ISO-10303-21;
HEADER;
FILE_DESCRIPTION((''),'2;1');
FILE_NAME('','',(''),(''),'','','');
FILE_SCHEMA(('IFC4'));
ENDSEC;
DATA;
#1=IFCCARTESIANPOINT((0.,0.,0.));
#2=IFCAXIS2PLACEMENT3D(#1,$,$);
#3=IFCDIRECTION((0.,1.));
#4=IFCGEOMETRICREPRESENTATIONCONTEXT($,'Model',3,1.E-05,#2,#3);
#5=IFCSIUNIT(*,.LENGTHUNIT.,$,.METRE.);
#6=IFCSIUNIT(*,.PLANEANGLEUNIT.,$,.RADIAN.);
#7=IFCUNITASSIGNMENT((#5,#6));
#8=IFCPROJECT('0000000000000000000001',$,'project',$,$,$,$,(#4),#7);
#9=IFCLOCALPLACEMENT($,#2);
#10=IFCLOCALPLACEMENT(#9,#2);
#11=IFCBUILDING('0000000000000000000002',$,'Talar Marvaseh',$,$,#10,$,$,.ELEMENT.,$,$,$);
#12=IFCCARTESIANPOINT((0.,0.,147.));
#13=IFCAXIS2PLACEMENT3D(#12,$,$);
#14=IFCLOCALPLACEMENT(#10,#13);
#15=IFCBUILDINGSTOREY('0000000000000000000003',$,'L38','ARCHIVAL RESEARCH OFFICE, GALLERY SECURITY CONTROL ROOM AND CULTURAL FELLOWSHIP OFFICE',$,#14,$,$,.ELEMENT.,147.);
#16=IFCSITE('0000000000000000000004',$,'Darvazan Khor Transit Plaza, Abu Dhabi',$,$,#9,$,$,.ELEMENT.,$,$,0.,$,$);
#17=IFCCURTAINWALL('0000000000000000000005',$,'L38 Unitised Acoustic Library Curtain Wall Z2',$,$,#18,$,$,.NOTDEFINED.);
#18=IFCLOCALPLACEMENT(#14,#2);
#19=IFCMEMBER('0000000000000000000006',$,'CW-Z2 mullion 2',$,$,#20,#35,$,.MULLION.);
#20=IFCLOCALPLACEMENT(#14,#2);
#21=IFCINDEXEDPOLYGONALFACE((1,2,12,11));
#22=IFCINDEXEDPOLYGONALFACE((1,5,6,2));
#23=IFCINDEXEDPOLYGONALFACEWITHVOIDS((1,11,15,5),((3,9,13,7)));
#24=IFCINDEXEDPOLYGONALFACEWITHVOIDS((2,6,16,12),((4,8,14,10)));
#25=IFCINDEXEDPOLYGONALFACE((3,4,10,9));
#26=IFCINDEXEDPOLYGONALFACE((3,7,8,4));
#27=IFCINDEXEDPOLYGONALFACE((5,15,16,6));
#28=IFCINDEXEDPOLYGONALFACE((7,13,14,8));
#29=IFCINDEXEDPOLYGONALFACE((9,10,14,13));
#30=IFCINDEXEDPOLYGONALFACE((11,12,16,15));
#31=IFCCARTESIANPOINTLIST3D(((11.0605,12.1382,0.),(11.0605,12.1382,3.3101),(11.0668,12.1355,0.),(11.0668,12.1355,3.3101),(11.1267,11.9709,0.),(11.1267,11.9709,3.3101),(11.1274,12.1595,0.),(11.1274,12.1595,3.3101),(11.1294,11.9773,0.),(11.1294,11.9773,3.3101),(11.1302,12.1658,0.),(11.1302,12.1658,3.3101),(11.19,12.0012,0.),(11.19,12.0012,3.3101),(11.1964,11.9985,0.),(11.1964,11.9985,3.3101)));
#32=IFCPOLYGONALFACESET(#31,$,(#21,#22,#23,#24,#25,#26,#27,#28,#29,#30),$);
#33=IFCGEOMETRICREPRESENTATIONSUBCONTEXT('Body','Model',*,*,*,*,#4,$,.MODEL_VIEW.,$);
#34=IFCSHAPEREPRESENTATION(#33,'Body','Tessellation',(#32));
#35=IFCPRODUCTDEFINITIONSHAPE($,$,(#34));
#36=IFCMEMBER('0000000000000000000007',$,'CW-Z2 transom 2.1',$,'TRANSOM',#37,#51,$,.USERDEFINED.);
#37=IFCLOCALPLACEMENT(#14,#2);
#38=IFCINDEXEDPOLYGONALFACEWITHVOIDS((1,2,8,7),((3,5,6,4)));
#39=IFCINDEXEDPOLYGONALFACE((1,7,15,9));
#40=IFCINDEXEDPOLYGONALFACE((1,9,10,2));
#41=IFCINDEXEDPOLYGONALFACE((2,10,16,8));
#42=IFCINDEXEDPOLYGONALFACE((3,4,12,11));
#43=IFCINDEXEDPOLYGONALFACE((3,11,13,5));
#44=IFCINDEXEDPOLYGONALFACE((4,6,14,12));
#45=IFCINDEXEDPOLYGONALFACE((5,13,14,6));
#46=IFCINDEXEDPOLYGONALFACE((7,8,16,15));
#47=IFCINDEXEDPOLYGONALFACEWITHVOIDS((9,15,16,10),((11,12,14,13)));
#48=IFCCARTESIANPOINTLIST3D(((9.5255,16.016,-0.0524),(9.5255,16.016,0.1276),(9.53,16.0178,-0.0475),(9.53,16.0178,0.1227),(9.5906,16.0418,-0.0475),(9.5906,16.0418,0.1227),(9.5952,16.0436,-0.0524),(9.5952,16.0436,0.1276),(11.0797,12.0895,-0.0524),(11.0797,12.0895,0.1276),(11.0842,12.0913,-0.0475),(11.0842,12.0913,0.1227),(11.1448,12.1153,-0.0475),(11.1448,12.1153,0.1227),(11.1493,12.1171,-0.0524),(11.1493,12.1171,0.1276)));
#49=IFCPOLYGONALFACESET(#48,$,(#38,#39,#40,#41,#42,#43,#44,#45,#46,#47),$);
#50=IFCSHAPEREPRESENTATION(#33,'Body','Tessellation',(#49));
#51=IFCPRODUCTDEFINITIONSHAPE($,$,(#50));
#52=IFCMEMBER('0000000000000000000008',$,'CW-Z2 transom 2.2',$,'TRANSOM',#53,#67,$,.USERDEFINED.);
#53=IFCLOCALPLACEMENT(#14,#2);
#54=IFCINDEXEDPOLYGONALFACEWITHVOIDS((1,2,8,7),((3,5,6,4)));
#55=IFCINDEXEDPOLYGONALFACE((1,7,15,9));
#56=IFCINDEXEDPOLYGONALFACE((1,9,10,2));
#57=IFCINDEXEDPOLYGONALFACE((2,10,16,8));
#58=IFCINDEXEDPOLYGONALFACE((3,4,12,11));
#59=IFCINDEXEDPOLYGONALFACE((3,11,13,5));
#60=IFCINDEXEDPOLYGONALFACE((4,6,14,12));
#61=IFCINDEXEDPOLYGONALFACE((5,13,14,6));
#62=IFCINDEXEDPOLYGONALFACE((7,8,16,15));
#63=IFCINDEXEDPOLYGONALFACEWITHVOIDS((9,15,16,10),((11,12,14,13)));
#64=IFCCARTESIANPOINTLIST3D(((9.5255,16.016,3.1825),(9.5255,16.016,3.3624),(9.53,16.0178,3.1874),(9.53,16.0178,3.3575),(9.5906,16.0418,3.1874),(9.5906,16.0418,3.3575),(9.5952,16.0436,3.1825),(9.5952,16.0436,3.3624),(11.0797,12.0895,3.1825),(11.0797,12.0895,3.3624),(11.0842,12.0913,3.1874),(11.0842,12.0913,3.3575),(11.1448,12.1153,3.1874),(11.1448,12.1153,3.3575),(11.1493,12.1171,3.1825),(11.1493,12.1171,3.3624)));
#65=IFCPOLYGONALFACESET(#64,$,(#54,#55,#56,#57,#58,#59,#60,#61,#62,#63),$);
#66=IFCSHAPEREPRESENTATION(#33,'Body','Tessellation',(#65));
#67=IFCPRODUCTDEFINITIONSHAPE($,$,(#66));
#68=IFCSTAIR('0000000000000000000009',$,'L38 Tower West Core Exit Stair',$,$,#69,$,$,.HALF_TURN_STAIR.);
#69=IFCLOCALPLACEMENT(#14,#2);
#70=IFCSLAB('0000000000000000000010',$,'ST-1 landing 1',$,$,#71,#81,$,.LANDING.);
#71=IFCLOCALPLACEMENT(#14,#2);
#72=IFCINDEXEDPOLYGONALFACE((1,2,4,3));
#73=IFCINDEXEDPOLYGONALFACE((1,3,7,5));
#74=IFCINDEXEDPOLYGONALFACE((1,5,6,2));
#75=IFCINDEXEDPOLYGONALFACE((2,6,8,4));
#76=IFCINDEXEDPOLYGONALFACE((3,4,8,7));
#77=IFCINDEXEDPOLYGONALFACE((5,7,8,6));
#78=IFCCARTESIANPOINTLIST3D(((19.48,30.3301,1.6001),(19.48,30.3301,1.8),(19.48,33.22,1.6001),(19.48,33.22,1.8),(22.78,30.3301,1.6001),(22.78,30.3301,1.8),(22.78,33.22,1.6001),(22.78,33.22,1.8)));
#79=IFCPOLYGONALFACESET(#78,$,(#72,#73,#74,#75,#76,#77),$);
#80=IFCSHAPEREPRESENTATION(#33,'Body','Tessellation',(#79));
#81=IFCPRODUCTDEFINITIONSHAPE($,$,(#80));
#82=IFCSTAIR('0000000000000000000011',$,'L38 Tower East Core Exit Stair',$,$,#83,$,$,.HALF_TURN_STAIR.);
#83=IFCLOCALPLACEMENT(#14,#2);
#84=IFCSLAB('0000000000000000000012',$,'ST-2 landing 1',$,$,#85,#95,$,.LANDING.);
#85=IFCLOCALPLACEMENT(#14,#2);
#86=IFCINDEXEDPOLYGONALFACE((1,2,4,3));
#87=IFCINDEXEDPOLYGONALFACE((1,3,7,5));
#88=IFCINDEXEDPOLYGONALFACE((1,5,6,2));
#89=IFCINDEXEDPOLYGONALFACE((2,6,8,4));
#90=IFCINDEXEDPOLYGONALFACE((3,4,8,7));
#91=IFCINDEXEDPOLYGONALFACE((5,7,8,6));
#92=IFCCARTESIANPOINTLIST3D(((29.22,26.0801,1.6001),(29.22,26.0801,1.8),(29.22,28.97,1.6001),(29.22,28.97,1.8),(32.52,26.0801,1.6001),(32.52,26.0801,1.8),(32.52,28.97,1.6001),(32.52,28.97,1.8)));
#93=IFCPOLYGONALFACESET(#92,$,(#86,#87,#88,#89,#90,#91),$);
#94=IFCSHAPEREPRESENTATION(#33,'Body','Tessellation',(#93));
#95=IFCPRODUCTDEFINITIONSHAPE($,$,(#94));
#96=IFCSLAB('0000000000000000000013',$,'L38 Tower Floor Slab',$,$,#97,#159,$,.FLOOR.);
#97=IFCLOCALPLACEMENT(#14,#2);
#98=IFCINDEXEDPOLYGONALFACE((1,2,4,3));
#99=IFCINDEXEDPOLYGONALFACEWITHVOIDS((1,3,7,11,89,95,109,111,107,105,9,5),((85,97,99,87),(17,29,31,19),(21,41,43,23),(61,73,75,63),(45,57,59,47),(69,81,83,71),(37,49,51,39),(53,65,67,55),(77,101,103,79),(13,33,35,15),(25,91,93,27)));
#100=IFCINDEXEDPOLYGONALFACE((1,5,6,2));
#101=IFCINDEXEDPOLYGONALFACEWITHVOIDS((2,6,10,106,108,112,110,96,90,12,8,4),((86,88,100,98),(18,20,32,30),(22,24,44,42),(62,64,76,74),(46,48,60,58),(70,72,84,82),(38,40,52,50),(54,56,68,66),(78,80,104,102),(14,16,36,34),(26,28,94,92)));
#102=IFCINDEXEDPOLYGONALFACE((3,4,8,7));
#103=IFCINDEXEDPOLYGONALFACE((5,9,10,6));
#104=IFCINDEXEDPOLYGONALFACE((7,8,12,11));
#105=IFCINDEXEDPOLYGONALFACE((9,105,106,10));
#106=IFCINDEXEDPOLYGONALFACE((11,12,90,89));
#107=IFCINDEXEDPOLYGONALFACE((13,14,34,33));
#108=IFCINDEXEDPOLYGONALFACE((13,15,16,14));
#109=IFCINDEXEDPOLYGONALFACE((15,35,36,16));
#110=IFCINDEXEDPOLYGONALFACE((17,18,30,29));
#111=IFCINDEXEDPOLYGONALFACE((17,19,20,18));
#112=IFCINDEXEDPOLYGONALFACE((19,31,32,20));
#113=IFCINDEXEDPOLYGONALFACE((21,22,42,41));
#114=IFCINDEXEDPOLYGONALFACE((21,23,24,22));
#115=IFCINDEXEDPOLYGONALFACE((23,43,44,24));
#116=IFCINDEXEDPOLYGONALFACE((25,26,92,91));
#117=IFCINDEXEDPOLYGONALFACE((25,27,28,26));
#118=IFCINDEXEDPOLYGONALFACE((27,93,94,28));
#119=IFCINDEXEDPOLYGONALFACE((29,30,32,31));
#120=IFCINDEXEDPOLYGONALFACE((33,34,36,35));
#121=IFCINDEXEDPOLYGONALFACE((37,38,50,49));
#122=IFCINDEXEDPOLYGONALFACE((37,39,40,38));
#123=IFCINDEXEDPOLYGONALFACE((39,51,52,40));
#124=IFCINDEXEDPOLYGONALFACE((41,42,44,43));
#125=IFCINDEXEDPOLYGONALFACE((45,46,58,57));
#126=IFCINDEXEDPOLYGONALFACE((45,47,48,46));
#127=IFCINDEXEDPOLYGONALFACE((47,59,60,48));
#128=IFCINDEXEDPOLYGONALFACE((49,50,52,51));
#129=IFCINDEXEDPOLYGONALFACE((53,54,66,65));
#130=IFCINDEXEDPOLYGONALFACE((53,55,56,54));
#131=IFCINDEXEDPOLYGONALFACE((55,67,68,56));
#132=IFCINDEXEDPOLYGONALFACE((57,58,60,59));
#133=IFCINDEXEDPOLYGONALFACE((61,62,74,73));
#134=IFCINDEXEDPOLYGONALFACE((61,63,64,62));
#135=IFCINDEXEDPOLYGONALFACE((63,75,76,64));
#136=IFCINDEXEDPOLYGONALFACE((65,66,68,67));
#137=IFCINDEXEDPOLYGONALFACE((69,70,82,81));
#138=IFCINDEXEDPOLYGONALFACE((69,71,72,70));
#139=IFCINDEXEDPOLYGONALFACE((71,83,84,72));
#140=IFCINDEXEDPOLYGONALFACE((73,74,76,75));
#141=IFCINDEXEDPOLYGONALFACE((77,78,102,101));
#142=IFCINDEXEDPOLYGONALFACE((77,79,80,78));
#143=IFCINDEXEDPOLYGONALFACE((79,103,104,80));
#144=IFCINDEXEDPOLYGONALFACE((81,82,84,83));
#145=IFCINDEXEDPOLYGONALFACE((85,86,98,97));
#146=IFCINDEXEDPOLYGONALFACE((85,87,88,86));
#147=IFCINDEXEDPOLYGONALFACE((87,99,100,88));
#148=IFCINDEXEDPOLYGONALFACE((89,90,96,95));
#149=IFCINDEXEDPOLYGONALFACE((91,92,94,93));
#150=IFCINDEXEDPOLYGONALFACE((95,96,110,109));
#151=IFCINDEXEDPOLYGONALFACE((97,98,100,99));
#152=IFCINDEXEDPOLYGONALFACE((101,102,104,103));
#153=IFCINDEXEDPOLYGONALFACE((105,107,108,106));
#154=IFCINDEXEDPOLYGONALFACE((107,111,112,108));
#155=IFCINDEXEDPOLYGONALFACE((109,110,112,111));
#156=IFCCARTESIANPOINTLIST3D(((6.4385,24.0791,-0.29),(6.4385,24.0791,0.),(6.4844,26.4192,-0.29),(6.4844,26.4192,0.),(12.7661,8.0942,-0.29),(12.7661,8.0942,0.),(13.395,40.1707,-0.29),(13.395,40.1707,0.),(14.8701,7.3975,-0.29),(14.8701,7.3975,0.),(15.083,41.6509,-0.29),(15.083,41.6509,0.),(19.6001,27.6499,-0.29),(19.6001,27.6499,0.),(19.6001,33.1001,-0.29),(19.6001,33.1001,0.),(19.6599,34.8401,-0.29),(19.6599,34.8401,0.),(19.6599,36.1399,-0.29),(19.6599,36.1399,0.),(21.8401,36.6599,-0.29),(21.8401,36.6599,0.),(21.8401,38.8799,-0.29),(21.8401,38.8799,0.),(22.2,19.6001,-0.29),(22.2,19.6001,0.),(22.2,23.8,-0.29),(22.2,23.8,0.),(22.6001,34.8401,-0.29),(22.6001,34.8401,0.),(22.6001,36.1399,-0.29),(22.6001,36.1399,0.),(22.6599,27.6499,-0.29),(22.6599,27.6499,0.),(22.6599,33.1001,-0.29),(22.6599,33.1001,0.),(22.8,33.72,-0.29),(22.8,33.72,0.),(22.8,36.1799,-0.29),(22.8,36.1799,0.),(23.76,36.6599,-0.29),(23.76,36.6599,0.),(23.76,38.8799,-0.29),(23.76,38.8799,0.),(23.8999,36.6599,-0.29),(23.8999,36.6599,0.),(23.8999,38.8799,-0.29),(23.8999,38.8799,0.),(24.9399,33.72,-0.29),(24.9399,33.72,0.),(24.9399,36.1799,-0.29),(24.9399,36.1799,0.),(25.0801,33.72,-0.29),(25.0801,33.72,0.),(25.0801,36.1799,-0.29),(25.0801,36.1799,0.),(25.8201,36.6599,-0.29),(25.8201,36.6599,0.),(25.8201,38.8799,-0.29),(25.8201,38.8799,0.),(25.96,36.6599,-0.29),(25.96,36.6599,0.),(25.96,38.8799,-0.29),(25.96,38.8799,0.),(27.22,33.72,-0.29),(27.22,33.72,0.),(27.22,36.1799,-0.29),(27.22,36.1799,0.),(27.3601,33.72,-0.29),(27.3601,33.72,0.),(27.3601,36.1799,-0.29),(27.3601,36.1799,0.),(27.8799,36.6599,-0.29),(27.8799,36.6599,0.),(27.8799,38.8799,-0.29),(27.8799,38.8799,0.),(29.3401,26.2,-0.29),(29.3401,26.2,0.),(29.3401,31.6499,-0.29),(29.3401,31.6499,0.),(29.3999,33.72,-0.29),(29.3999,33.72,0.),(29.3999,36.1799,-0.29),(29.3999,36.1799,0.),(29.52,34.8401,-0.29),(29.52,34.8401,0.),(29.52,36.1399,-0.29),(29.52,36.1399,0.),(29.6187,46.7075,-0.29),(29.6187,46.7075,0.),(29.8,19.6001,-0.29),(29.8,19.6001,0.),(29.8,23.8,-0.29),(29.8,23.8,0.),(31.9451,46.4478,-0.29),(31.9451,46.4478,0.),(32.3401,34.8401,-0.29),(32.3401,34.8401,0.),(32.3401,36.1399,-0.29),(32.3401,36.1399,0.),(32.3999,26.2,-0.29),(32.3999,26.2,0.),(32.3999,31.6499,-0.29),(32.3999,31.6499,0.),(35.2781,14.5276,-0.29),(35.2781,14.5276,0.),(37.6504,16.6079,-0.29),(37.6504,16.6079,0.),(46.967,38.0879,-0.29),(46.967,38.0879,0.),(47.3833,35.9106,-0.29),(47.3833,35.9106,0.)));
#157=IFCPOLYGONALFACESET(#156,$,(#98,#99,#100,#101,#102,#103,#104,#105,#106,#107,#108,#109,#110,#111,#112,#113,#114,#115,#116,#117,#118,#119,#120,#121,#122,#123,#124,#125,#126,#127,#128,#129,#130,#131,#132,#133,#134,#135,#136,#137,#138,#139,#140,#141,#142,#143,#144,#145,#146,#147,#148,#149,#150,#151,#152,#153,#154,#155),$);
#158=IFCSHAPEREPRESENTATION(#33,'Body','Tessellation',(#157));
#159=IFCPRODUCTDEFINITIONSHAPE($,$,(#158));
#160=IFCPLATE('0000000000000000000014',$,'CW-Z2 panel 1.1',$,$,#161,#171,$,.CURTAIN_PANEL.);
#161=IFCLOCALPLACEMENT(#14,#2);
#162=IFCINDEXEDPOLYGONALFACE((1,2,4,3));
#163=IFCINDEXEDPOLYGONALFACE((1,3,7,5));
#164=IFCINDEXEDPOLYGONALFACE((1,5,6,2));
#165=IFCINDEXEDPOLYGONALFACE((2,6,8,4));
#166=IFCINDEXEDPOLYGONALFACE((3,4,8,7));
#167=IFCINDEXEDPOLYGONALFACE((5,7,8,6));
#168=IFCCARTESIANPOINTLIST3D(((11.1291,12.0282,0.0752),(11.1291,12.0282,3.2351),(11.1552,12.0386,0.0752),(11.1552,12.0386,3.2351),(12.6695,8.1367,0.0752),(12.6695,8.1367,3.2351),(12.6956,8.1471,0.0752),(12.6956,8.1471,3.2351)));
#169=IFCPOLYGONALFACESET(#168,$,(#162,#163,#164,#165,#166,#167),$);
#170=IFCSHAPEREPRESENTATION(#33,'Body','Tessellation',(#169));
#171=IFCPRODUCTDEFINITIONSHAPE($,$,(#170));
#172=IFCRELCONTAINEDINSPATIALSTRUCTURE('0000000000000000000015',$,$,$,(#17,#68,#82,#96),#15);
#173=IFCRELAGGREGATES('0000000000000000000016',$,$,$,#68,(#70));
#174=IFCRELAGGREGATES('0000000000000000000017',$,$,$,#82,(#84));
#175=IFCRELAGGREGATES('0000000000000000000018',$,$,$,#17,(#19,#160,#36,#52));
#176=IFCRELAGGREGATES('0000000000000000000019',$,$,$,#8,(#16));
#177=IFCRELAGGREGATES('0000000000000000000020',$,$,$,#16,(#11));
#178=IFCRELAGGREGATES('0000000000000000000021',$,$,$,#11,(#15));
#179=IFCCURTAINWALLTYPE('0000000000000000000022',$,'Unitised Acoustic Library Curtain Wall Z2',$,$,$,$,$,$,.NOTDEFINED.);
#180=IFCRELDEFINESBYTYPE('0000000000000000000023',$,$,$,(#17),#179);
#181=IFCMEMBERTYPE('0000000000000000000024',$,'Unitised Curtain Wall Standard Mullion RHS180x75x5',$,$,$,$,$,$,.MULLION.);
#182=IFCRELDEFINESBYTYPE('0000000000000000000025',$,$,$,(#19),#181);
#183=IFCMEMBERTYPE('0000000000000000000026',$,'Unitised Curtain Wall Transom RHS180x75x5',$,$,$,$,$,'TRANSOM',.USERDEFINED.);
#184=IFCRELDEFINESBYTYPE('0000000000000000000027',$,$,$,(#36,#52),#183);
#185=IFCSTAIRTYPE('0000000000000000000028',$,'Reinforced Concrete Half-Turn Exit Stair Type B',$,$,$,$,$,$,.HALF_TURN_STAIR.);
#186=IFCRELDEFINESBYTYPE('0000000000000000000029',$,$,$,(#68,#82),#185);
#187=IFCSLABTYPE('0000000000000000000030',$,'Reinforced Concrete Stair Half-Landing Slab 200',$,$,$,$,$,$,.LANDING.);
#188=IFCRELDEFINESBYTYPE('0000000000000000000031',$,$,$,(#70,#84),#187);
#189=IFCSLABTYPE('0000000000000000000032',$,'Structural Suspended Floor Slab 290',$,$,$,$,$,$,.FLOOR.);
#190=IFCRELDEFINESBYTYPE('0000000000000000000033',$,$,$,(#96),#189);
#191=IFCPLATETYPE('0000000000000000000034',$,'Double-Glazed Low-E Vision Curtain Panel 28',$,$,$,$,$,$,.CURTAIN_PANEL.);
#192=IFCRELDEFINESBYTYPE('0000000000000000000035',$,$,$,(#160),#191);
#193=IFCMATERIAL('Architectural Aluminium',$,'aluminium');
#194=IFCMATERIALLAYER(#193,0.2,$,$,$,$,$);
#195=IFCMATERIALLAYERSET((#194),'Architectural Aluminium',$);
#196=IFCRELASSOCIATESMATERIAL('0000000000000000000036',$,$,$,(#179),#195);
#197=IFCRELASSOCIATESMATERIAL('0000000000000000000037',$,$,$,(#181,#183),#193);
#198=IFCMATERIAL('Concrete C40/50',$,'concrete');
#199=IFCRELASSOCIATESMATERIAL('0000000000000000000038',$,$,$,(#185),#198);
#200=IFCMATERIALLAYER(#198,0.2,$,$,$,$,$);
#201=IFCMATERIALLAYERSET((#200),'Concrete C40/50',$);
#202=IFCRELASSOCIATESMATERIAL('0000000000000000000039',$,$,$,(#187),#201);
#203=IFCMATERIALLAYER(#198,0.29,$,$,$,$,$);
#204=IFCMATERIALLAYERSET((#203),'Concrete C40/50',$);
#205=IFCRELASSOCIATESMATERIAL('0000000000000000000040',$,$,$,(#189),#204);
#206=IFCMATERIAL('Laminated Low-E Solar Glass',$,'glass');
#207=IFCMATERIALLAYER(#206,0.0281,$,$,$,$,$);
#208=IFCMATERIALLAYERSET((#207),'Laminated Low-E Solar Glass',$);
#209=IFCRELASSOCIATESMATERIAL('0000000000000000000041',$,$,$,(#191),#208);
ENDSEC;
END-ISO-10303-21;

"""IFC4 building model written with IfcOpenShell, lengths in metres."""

from ifc_helpers import new_model, si_unit, direction, frame, origin, origin_2d, place, context, subcontext, project, spatial, polyline, rectangle, hollow_rectangle, outline, extrude, source, transform, mapped, material, layer, layer_set, material_profile, profile_set, type_object, type_shapes, element, aggregate, save


model = new_model("IFC4")

# Units and contexts
model_context = context("Model", 3, precision=1e-05, world=origin(), true_north=direction((0.0, 1.0)))
body_context = subcontext(model_context, "Body", "Model", "MODEL_VIEW")
ifc_project = project(units=[si_unit("LENGTHUNIT", "METRE"), si_unit("PLANEANGLEUNIT", "RADIAN")], contexts=[model_context])

# Site, building, storey
site_placement = place(None, origin())
site = spatial("IfcSite", under=ifc_project, at=site_placement, Name="Darvazan Khor Transit Plaza, Abu Dhabi", CompositionType="ELEMENT", RefElevation=0.0)
building_placement = place(site_placement, origin())
building = spatial("IfcBuilding", under=site, at=building_placement, Name="Talar Marvaseh", CompositionType="ELEMENT")
storey_placement = place(building_placement, frame((0.0, 0.0, 147.0)))
storey = spatial("IfcBuildingStorey", under=building, at=storey_placement, Name="L38", Description="ARCHIVAL RESEARCH OFFICE, GALLERY SECURITY CONTROL ROOM AND CULTURAL FELLOWSHIP OFFICE", CompositionType="ELEMENT", Elevation=147.0)

# Curtain wall, members
ifc_material_1 = material(Name="Architectural Aluminium", Category="aluminium")
ifc_layer_1 = layer(ifc_material_1, 0.2)
ifc_layer_set_1 = layer_set([ifc_layer_1], Name="Architectural Aluminium")
curtain_wall_type = type_object("IfcCurtainWallType", Name="Unitised Acoustic Library Curtain Wall Z2", PredefinedType="NOTDEFINED", material=ifc_layer_set_1)
curtain_wall_placement = place(storey_placement, origin())
curtain_wall = element("IfcCurtainWall", 1, at=curtain_wall_placement, inside=storey, type_object=curtain_wall_type, Name="L38 Unitised Acoustic Library Curtain Wall Z2", PredefinedType="NOTDEFINED")
ifc_material_profile_1 = material_profile(ifc_material_1, hollow_rectangle(XDim=0.075, YDim=0.1799, WallThickness=0.0049, at=origin_2d()), Name="RHS180x75x5")
ifc_profile_set_1 = profile_set([ifc_material_profile_1], Name="Architectural Aluminium")
member_type_1 = type_object("IfcMemberType", Name="Unitised Curtain Wall Standard Mullion RHS180x75x5", PredefinedType="MULLION", material=ifc_profile_set_1)
shared_shape_1 = source(origin(), body_context, "Body", "SweptSolid", [
    extrude(hollow_rectangle(XDim=0.075, YDim=0.1799, WallThickness=0.0049, at=origin_2d()), origin(), (0.0, 0.0, 1.0), 3.3101),
])
type_shapes(member_type_1, [shared_shape_1])
member_1_placement = place(storey_placement, frame((11.1284, 12.0684, 0.0), z_axis=(0.0, 0.0, 1.0), x_axis=(-0.929802, -0.36806, 0.0)))
member_1 = element("IfcMember", 2, at=member_1_placement, type_object=member_type_1, Name="CW-Z2 mullion 2", PredefinedType="MULLION", context=body_context, shape_type="MappedRepresentation", body=[
    mapped(shared_shape_1, transform((0.0, 0.0, 0.0), x_axis=(1.0, 0.0, 0.0), y_axis=(0.0, 1.0, 0.0), z_axis=(0.0, 0.0, 1.0), scale=1.0)),
])
ifc_material_profile_2 = material_profile(ifc_material_1, hollow_rectangle(XDim=0.075, YDim=0.1799, WallThickness=0.0049, at=origin_2d()), Name="RHS180x75x5")
ifc_profile_set_2 = profile_set([ifc_material_profile_2], Name="Architectural Aluminium")
member_type_2 = type_object("IfcMemberType", Name="Unitised Curtain Wall Transom RHS180x75x5", ElementType="TRANSOM", PredefinedType="USERDEFINED", material=ifc_profile_set_2)
shared_shape_2 = source(origin(), body_context, "Body", "SweptSolid", [
    extrude(hollow_rectangle(XDim=0.075, YDim=0.1799, WallThickness=0.0049, at=origin_2d()), origin(), (0.0, 0.0, 1.0), 4.2229),
])
type_shapes(member_type_2, [shared_shape_2])
member_2_placement = place(storey_placement, frame((11.1145, 12.1033, 0.0376), z_axis=(-0.368039, 0.92981, 0.0), x_axis=(-0.92981, -0.368039, 0.0)))
member_2 = element("IfcMember", 3, at=member_2_placement, type_object=member_type_2, Name="CW-Z2 transom 2.1", ObjectType="TRANSOM", PredefinedType="USERDEFINED", context=body_context, shape_type="MappedRepresentation", body=[
    mapped(shared_shape_2, transform((0.0, 0.0, 0.0), x_axis=(1.0, 0.0, 0.0), y_axis=(0.0, 1.0, 0.0), z_axis=(0.0, 0.0, 1.0), scale=1.0)),
])
member_3_placement = place(storey_placement, frame((11.1145, 12.1033, 3.2725), z_axis=(-0.368039, 0.92981, 0.0), x_axis=(-0.92981, -0.368039, 0.0)))
member_3 = element("IfcMember", 4, at=member_3_placement, type_object=member_type_2, Name="CW-Z2 transom 2.2", ObjectType="TRANSOM", PredefinedType="USERDEFINED", context=body_context, shape_type="MappedRepresentation", body=[
    mapped(shared_shape_2, transform((0.0, 0.0, 0.0), x_axis=(1.0, 0.0, 0.0), y_axis=(0.0, 1.0, 0.0), z_axis=(0.0, 0.0, 1.0), scale=1.0)),
])

# Stairs, slabs
ifc_material_2 = material(Name="Concrete C40/50", Category="concrete")
stair_type = type_object("IfcStairType", Name="Reinforced Concrete Half-Turn Exit Stair Type B", PredefinedType="HALF_TURN_STAIR", material=ifc_material_2)
stair_1_placement = place(storey_placement, origin())
stair_1 = element("IfcStair", 5, at=stair_1_placement, inside=storey, type_object=stair_type, Name="L38 Tower West Core Exit Stair", PredefinedType="HALF_TURN_STAIR")
ifc_layer_2 = layer(ifc_material_2, 0.2)
ifc_layer_set_2 = layer_set([ifc_layer_2], Name="Concrete C40/50")
slab_type_1 = type_object("IfcSlabType", Name="Reinforced Concrete Stair Half-Landing Slab 200", PredefinedType="LANDING", material=ifc_layer_set_2)
slab_1_placement = place(storey_placement, frame((0.0, 0.0, 1.6001)))
slab_1 = element("IfcSlab", 6, at=slab_1_placement, type_object=slab_type_1, Name="ST-1 landing 1", PredefinedType="LANDING", context=body_context, shape_type="SweptSolid", body=[
    extrude(outline(polyline([(22.78, 30.3301), (22.78, 33.22), (19.48, 33.22), (19.48, 30.3301), (22.78, 30.3301)])), origin(), (0.0, 0.0, 1.0), 0.2),
])
aggregate(stair_1, [slab_1])
stair_2_placement = place(storey_placement, origin())
stair_2 = element("IfcStair", 7, at=stair_2_placement, inside=storey, type_object=stair_type, Name="L38 Tower East Core Exit Stair", PredefinedType="HALF_TURN_STAIR")
slab_2_placement = place(storey_placement, frame((0.0, 0.0, 1.6001)))
slab_2 = element("IfcSlab", 8, at=slab_2_placement, type_object=slab_type_1, Name="ST-2 landing 1", PredefinedType="LANDING", context=body_context, shape_type="SweptSolid", body=[
    extrude(outline(polyline([(29.22, 28.97), (29.22, 26.0801), (32.52, 26.0801), (32.52, 28.97), (29.22, 28.97)])), origin(), (0.0, 0.0, 1.0), 0.2),
])
aggregate(stair_2, [slab_2])

# Slab
ifc_layer_3 = layer(ifc_material_2, 0.29)
ifc_layer_set_3 = layer_set([ifc_layer_3], Name="Concrete C40/50")
slab_type_2 = type_object("IfcSlabType", Name="Structural Suspended Floor Slab 290", PredefinedType="FLOOR", material=ifc_layer_set_3)
slab_3_placement = place(storey_placement, frame((0.0, 0.0, -0.29)))
element("IfcSlab", 9, at=slab_3_placement, inside=storey, type_object=slab_type_2, Name="L38 Tower Floor Slab", PredefinedType="FLOOR", context=body_context, shape_type="SweptSolid", body=[
    extrude(outline(polyline([(14.8701, 7.3975), (12.7661, 8.0942), (6.4385, 24.0791), (6.4844, 26.4192), (13.395, 40.1707), (15.083, 41.6509), (29.6187, 46.7075), (31.9451, 46.4478), (46.967, 38.0879), (47.3833, 35.9106), (37.6504, 16.6079), (35.2781, 14.5276), (14.8701, 7.3975)]), holes=[polyline([(22.6599, 27.6499), (22.6599, 33.1001), (19.6001, 33.1001), (19.6001, 27.6499), (22.6599, 27.6499)]), polyline([(29.3401, 31.6499), (29.3401, 26.2), (32.3999, 26.2), (32.3999, 31.6499), (29.3401, 31.6499)]), polyline([(22.8, 33.72), (24.9399, 33.72), (24.9399, 36.1799), (22.8, 36.1799), (22.8, 33.72)]), polyline([(25.0801, 33.72), (27.22, 33.72), (27.22, 36.1799), (25.0801, 36.1799), (25.0801, 33.72)]), polyline([(27.3601, 33.72), (29.3999, 33.72), (29.3999, 36.1799), (27.3601, 36.1799), (27.3601, 33.72)]), polyline([(21.8401, 36.6599), (23.76, 36.6599), (23.76, 38.8799), (21.8401, 38.8799), (21.8401, 36.6599)]), polyline([(23.8999, 36.6599), (25.8201, 36.6599), (25.8201, 38.8799), (23.8999, 38.8799), (23.8999, 36.6599)]), polyline([(25.96, 36.6599), (27.8799, 36.6599), (27.8799, 38.8799), (25.96, 38.8799), (25.96, 36.6599)]), polyline([(19.6599, 34.8401), (22.6001, 34.8401), (22.6001, 36.1399), (19.6599, 36.1399), (19.6599, 34.8401)]), polyline([(29.52, 34.8401), (32.3401, 34.8401), (32.3401, 36.1399), (29.52, 36.1399), (29.52, 34.8401)]), polyline([(22.2, 19.6001), (29.8, 19.6001), (29.8, 23.8), (22.2, 23.8), (22.2, 19.6001)])]), origin(), (0.0, 0.0, 1.0), 0.29),
])

# Plate
ifc_material_3 = material(Name="Laminated Low-E Solar Glass", Category="glass")
ifc_layer_4 = layer(ifc_material_3, 0.0281)
ifc_layer_set_4 = layer_set([ifc_layer_4], Name="Laminated Low-E Solar Glass")
plate_type = type_object("IfcPlateType", Name="Double-Glazed Low-E Vision Curtain Panel 28", PredefinedType="CURTAIN_PANEL", material=ifc_layer_set_4)
shared_shape_3 = source(origin(), body_context, "Body", "SweptSolid", [
    extrude(rectangle(XDim=4.1853, YDim=0.0281, at=origin_2d()), origin(), (0.0, 0.0, 1.0), 3.1599),
])
type_shapes(plate_type, [shared_shape_3])
plate_placement = place(storey_placement, frame((11.9124, 10.0876, 0.0752), z_axis=(0.0, 0.0, 1.0), x_axis=(-0.36806, 0.929802, 0.0)))
plate = element("IfcPlate", 10, at=plate_placement, type_object=plate_type, Name="CW-Z2 panel 1.1", PredefinedType="CURTAIN_PANEL", context=body_context, shape_type="MappedRepresentation", body=[
    mapped(shared_shape_3, transform((0.0, 0.0, 0.0), x_axis=(1.0, 0.0, 0.0), y_axis=(0.0, 1.0, 0.0), z_axis=(0.0, 0.0, 1.0), scale=1.0)),
])
aggregate(curtain_wall, [member_1, plate, member_2, member_3])

save(model, "model.ifc")
